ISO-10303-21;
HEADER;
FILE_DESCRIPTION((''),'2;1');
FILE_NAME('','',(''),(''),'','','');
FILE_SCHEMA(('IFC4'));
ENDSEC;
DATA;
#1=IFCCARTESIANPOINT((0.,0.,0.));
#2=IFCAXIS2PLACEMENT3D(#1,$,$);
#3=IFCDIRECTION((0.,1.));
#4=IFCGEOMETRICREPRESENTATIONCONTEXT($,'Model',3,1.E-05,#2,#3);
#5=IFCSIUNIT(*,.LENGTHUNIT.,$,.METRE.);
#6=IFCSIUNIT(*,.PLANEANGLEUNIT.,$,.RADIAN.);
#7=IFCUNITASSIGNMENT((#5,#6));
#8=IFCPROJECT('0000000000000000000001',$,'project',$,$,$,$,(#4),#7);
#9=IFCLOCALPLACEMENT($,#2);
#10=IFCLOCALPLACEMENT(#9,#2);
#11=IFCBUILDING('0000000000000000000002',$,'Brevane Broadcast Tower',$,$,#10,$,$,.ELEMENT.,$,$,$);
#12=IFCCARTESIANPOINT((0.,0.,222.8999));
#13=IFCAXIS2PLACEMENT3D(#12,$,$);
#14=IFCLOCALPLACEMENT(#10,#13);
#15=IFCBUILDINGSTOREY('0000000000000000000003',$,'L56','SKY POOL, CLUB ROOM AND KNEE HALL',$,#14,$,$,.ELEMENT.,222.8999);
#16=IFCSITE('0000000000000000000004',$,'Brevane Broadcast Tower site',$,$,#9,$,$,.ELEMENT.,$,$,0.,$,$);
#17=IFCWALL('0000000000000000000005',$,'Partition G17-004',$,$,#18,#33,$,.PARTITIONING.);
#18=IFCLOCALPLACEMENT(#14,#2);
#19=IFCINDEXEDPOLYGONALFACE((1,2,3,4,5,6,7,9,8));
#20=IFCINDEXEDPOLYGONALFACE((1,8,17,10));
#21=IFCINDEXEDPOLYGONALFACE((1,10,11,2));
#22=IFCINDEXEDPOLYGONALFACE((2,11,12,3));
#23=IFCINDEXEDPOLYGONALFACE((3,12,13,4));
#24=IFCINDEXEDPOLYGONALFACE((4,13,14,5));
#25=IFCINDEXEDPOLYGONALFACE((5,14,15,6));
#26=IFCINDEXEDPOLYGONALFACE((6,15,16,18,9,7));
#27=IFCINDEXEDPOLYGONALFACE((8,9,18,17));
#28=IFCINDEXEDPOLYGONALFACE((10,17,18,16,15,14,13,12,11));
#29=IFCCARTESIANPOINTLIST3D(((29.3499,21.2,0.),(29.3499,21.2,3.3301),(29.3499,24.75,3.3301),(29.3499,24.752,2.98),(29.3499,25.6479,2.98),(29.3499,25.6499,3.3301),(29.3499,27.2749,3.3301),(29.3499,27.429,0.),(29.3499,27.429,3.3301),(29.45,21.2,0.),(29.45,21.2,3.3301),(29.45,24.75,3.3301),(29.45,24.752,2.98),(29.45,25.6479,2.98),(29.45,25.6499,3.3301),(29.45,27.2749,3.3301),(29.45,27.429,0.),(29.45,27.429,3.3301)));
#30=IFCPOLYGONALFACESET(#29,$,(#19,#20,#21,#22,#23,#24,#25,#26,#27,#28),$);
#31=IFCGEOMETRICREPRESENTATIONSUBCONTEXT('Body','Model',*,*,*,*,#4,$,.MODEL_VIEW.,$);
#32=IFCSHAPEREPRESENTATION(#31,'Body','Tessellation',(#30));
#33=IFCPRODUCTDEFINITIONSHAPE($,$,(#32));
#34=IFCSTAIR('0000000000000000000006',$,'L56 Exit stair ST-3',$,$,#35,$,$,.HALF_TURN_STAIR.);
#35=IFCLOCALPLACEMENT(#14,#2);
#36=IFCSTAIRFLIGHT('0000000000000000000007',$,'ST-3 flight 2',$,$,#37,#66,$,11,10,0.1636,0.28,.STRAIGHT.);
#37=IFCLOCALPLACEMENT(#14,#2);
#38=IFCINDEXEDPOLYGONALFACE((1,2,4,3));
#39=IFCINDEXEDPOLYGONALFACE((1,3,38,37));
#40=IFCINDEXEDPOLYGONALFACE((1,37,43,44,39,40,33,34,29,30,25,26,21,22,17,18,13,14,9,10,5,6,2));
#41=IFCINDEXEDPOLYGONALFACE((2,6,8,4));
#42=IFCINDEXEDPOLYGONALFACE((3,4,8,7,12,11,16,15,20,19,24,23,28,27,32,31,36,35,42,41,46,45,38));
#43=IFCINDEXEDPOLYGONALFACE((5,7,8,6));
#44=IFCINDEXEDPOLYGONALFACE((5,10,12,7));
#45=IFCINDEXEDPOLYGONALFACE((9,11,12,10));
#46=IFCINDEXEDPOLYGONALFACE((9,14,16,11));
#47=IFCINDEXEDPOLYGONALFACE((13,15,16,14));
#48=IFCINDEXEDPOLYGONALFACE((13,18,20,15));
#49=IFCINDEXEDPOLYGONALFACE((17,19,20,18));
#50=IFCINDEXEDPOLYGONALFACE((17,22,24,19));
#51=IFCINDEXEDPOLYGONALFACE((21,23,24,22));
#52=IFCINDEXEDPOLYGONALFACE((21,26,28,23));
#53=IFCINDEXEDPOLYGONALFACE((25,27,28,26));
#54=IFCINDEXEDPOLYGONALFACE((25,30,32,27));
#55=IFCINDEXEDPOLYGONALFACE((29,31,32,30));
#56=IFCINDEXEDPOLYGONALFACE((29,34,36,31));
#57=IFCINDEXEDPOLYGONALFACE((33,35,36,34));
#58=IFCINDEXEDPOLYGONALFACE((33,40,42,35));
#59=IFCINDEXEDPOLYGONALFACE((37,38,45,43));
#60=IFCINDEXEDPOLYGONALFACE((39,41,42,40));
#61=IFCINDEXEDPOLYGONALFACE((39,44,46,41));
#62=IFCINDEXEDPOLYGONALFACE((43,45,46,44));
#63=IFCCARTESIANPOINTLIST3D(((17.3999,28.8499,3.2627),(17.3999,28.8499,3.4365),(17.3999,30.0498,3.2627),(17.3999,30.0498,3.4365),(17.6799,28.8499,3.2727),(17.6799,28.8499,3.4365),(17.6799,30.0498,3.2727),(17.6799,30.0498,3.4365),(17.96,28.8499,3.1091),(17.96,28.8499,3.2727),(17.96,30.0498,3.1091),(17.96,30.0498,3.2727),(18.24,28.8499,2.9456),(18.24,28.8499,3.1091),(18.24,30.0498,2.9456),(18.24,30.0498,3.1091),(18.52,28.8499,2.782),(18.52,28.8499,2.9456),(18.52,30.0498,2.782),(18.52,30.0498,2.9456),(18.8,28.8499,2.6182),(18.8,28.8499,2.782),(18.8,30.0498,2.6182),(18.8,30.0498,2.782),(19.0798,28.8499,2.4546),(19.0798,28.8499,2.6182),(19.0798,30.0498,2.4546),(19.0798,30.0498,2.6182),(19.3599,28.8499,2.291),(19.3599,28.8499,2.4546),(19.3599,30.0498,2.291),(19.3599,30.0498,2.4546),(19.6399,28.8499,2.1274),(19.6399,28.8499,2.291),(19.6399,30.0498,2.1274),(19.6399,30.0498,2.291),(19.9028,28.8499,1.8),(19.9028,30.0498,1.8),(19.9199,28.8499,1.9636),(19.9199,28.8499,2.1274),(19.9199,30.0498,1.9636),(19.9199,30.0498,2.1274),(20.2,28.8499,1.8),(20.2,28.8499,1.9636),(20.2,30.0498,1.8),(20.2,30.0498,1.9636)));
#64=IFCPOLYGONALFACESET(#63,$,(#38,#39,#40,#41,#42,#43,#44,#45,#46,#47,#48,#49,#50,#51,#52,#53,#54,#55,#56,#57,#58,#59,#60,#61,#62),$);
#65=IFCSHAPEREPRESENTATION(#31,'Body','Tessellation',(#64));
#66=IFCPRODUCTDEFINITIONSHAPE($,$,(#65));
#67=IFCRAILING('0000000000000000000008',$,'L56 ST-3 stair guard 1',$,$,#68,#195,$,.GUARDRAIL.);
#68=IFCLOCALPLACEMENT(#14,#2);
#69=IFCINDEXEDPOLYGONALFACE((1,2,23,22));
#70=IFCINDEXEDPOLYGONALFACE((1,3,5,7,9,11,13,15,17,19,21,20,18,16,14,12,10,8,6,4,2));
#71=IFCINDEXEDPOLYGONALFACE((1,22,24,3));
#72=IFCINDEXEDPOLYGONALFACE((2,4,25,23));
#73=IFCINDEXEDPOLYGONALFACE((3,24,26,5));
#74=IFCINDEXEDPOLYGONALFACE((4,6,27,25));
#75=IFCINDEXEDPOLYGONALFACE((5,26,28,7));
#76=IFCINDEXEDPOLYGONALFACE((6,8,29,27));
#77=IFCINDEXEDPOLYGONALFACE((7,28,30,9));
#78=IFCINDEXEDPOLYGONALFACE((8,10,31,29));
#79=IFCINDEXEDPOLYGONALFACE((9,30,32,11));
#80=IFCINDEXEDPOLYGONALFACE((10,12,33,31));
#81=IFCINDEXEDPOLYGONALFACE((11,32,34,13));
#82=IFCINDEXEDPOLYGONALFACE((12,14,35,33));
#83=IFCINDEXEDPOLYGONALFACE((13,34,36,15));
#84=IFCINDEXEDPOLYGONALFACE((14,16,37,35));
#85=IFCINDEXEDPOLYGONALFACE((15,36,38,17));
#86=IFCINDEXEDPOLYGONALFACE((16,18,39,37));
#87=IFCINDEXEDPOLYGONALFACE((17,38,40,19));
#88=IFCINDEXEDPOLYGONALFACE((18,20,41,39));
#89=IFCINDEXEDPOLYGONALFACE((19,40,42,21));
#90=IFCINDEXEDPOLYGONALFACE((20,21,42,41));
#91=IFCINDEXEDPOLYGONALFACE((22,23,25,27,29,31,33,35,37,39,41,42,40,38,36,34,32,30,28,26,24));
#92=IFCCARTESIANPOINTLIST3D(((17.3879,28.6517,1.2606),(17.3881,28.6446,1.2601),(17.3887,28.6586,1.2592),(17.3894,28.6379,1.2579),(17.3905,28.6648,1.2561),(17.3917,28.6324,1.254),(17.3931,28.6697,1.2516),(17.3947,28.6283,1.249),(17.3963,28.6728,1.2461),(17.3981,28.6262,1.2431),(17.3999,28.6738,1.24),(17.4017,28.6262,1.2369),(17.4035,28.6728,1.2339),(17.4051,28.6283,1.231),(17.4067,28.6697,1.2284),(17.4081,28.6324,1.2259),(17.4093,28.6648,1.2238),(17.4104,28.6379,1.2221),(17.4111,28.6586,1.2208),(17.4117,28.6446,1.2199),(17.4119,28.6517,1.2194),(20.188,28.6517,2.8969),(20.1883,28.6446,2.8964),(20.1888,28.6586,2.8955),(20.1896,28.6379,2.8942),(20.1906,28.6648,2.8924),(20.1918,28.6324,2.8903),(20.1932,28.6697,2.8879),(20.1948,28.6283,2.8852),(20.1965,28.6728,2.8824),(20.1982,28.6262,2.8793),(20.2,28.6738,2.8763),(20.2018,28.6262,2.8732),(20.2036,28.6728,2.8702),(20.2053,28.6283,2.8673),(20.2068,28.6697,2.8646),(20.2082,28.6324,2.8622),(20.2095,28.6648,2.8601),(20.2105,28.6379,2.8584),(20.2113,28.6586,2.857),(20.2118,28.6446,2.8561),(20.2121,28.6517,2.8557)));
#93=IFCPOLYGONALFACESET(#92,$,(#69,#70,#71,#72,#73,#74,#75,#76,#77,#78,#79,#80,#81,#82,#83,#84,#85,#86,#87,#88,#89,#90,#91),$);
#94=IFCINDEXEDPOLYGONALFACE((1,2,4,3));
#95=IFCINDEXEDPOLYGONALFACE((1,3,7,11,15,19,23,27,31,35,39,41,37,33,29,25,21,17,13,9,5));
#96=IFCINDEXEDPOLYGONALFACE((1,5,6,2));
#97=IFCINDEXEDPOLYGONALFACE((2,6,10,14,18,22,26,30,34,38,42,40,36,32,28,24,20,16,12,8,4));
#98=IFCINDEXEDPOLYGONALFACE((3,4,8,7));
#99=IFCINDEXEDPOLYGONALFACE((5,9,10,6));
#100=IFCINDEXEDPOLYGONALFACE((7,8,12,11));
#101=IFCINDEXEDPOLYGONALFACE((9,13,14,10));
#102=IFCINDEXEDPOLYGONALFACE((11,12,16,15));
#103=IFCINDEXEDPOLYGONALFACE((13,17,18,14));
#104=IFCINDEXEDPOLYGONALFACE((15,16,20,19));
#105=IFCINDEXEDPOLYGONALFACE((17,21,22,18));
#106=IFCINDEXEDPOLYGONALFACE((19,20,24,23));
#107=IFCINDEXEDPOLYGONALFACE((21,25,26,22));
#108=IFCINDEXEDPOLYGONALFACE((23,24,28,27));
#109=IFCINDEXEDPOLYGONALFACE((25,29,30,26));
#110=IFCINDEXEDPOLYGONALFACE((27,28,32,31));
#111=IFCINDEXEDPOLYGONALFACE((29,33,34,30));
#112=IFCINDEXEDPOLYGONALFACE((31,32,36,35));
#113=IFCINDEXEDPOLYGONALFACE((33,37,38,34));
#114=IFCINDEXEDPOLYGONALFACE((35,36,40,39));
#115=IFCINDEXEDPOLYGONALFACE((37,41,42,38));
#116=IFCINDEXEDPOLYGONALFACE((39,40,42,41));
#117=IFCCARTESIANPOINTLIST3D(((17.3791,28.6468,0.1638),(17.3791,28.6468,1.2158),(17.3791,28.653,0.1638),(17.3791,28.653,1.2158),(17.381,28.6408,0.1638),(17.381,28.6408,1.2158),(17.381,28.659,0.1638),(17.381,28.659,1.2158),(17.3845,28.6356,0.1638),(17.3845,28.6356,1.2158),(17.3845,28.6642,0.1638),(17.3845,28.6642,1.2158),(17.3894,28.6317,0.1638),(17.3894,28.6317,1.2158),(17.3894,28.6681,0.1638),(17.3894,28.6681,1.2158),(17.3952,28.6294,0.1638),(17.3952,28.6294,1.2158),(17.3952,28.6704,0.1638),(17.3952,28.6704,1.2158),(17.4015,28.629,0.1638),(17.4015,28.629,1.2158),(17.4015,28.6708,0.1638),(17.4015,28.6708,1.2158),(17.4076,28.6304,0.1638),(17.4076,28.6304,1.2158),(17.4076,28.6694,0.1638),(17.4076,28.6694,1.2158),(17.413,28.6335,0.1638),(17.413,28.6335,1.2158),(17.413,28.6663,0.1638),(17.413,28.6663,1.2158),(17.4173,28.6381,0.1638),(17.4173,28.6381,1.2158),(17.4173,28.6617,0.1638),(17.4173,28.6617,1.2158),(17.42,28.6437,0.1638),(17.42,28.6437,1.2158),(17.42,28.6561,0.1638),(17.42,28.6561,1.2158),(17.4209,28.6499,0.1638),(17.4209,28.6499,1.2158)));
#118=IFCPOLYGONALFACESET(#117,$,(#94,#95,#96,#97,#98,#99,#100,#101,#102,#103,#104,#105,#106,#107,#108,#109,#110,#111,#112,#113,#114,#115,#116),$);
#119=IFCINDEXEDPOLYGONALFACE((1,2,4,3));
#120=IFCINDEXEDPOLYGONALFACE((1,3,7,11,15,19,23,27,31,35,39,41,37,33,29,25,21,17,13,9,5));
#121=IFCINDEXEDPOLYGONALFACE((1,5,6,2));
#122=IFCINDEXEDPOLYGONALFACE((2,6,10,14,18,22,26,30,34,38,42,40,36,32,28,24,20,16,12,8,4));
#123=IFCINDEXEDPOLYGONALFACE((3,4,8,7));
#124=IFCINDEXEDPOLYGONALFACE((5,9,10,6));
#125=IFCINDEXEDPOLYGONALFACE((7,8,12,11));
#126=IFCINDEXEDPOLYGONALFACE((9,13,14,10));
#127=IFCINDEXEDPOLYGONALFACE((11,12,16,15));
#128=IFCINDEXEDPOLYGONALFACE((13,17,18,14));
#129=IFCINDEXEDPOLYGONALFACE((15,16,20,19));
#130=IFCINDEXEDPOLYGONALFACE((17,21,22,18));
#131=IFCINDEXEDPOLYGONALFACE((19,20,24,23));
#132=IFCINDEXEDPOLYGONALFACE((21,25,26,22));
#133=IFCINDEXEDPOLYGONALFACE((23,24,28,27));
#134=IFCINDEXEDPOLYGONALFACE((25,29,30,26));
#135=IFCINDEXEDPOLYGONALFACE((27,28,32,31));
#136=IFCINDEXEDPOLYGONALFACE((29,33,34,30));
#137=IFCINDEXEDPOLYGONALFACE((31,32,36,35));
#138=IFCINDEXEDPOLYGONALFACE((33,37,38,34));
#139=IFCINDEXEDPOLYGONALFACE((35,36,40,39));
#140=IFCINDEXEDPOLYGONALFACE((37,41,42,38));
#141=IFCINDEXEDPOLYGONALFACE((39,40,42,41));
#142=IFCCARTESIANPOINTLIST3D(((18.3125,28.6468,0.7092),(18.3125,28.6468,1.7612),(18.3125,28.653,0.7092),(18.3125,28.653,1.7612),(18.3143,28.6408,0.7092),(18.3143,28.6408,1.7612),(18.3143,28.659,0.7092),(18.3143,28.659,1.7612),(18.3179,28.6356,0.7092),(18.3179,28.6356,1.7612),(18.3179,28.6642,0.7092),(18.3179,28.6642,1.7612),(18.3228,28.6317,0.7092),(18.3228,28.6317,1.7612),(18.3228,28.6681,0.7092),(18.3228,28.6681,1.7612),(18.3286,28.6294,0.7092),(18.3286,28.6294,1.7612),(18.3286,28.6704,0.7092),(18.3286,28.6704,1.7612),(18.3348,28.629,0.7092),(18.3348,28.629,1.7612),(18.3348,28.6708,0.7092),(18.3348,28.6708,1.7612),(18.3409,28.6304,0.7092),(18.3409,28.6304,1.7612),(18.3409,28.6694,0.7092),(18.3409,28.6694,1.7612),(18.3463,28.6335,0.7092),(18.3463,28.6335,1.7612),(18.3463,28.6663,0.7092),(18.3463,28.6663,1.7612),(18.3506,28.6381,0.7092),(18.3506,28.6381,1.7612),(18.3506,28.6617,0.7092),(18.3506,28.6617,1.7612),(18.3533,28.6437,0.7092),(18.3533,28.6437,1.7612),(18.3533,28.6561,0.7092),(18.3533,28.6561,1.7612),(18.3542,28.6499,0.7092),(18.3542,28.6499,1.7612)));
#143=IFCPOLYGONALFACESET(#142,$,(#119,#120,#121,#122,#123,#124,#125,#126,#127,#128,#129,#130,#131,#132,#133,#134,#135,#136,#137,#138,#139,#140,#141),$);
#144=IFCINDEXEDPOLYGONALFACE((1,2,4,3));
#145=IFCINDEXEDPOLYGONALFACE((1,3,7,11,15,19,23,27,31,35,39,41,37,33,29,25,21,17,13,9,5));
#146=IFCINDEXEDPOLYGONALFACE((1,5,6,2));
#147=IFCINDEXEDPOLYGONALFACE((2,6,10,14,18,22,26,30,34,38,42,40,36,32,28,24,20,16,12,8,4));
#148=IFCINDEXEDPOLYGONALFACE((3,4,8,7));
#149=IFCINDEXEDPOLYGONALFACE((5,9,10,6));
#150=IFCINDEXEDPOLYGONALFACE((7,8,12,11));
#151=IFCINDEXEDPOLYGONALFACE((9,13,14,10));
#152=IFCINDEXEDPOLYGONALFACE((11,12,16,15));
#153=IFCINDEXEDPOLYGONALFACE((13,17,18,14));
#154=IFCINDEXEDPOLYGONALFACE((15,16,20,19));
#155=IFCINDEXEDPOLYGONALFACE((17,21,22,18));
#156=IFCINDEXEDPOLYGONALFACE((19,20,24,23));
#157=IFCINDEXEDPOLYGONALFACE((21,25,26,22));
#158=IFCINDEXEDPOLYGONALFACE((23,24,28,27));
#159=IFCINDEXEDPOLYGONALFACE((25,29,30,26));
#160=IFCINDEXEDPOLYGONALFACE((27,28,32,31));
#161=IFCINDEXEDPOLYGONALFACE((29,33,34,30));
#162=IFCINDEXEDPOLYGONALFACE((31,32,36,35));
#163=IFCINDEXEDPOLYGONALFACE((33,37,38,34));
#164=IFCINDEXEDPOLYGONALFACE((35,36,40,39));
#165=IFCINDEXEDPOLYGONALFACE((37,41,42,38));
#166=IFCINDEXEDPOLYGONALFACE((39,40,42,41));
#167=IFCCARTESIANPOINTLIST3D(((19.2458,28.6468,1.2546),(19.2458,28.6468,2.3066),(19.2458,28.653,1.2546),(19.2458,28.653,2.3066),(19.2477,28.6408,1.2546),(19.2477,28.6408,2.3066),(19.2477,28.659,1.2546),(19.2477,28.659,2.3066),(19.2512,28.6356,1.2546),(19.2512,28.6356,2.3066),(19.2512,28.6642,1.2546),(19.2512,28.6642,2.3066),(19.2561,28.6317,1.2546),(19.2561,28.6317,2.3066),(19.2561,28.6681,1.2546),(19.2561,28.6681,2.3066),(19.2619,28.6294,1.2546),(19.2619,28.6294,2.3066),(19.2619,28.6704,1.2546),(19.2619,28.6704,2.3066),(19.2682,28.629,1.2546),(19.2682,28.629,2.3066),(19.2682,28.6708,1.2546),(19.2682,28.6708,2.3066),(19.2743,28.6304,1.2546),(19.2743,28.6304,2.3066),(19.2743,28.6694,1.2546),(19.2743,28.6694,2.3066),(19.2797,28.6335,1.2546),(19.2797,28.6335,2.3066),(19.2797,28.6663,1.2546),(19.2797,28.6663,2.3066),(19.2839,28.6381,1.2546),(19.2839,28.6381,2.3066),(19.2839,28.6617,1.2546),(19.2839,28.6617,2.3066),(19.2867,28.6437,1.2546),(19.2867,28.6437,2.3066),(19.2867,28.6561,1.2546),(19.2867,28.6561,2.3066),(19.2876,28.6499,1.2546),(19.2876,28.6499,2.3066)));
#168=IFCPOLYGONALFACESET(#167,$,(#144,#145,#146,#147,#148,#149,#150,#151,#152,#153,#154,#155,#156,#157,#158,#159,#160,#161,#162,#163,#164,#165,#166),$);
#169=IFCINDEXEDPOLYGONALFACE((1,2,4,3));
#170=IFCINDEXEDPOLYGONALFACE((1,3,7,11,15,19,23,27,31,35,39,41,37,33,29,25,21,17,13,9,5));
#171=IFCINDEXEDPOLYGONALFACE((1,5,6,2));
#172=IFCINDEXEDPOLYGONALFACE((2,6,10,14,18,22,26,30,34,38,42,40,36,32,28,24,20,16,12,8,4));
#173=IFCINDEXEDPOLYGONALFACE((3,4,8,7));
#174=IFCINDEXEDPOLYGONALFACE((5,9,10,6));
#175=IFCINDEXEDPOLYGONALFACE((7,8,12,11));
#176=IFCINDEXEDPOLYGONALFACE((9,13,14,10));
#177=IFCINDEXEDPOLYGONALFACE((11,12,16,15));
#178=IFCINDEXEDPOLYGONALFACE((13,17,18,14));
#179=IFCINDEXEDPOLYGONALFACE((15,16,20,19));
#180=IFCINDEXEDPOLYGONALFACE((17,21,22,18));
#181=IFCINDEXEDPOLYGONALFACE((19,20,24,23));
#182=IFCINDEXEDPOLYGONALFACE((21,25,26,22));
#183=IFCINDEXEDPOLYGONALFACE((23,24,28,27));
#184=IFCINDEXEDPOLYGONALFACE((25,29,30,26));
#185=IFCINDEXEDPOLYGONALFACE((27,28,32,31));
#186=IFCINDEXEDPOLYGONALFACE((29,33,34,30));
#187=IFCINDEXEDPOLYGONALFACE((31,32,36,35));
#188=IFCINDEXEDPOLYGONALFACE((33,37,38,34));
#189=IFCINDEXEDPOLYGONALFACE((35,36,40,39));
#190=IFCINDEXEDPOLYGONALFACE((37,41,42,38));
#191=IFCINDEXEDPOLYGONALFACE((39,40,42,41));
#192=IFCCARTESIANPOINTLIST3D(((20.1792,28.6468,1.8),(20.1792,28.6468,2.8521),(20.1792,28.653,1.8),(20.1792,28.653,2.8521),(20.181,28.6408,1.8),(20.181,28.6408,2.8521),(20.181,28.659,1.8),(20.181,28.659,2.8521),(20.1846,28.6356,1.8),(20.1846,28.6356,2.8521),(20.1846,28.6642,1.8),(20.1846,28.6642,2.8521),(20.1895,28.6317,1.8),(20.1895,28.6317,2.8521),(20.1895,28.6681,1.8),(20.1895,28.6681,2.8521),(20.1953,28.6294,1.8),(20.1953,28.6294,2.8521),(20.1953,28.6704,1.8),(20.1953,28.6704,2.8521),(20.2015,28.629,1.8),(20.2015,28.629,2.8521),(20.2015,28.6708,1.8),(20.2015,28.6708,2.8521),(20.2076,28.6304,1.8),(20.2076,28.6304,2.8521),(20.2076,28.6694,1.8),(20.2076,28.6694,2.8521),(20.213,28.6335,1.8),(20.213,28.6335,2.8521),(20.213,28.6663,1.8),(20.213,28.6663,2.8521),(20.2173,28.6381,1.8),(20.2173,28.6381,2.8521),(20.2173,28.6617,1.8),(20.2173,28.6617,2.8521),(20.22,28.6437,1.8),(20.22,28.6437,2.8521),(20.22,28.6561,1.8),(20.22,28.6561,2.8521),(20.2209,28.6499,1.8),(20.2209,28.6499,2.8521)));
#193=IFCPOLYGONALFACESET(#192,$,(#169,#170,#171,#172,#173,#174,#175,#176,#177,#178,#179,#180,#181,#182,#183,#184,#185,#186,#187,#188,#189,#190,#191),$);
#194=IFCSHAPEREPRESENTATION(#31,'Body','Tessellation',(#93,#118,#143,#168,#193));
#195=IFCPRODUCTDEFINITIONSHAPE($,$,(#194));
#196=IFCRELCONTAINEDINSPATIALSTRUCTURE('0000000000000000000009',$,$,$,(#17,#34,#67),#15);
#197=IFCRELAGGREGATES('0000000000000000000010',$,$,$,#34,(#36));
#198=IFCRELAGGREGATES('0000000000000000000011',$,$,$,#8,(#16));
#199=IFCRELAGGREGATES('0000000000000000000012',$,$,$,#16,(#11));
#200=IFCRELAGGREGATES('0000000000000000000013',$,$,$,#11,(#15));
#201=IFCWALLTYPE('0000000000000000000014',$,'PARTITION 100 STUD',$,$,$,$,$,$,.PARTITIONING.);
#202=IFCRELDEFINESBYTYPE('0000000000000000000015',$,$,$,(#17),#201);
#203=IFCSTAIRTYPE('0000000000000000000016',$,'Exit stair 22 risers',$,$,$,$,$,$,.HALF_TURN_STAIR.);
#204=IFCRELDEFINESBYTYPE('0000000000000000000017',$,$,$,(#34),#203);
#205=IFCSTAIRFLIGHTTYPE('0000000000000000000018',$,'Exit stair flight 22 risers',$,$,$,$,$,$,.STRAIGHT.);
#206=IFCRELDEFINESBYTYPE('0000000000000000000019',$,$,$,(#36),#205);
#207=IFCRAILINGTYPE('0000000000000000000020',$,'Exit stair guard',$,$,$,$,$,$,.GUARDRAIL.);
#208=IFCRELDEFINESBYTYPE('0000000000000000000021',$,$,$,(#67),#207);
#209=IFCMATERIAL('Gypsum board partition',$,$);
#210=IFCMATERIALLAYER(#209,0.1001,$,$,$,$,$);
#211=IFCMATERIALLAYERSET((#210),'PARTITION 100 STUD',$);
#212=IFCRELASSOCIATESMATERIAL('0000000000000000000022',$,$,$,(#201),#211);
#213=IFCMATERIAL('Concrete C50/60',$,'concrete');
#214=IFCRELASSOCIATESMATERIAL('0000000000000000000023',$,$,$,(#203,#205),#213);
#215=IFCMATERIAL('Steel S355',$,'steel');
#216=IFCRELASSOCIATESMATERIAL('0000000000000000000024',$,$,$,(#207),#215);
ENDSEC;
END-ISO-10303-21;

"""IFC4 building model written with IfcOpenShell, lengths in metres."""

from ifc_helpers import new_model, si_unit, direction, frame, origin, origin_2d, place, context, subcontext, project, spatial, polyline, circle, outline, extrude, material, layer, layer_set, type_object, element, aggregate, save


model = new_model("IFC4")

# Units and contexts
model_context = context("Model", 3, precision=1e-05, world=origin(), true_north=direction((0.0, 1.0)))
body_context = subcontext(model_context, "Body", "Model", "MODEL_VIEW")
ifc_project = project(units=[si_unit("LENGTHUNIT", "METRE"), si_unit("PLANEANGLEUNIT", "RADIAN")], contexts=[model_context])

# Site, building, storey
site_placement = place(None, origin())
site = spatial("IfcSite", under=ifc_project, at=site_placement, Name="Brevane Broadcast Tower site", CompositionType="ELEMENT", RefElevation=0.0)
building_placement = place(site_placement, origin())
building = spatial("IfcBuilding", under=site, at=building_placement, Name="Brevane Broadcast Tower", CompositionType="ELEMENT")
storey_placement = place(building_placement, frame((0.0, 0.0, 222.8999)))
storey = spatial("IfcBuildingStorey", under=building, at=storey_placement, Name="L56", Description="SKY POOL, CLUB ROOM AND KNEE HALL", CompositionType="ELEMENT", Elevation=222.8999)

# Wall
ifc_material_1 = material(Name="Concrete C50/60", Category="concrete")
ifc_material_2 = material(Name="Gypsum board partition")
ifc_layer_1 = layer(ifc_material_2, 0.1001)
ifc_layer_set_1 = layer_set([ifc_layer_1], Name="PARTITION 100 STUD")
wall_type_1 = type_object("IfcWallType", Name="PARTITION 100 STUD", PredefinedType="PARTITIONING", material=ifc_layer_set_1)
wall_1_placement = place(storey_placement, frame((29.3999, 27.429, 0.0), z_axis=(0.0, 0.0, 1.0), x_axis=(0.0, -1.0, 0.0)))
element("IfcWall", 1, at=wall_1_placement, inside=storey, type_object=wall_type_1, Name="Partition G17-004", PredefinedType="PARTITIONING", context=body_context, shape_type="SweptSolid", body=[
    extrude(outline(polyline([(0.0, 0.0), (6.229, 0.0), (6.229, 3.3301), (2.679, 3.3301), (2.677, 2.98), (1.781, 2.98), (1.7791, 3.3301), (0.1541, 3.3301), (0.0, 3.3301), (0.0, 0.0)])), frame((0.0, 0.05, 0.0), z_axis=(0.0, -1.0, 0.0), x_axis=(1.0, 0.0, 0.0)), (0.0, 0.0, 1.0), 0.1001),
])

# Stair, stair flight
stair_type = type_object("IfcStairType", Name="Exit stair 22 risers", PredefinedType="HALF_TURN_STAIR", material=ifc_material_1)
stair_placement = place(storey_placement, origin())
stair = element("IfcStair", 2, at=stair_placement, inside=storey, type_object=stair_type, Name="L56 Exit stair ST-3", PredefinedType="HALF_TURN_STAIR")
stair_flight_type = type_object("IfcStairFlightType", Name="Exit stair flight 22 risers", PredefinedType="STRAIGHT", material=ifc_material_1)
stair_flight_placement = place(storey_placement, frame((20.2, 29.45, 1.8), z_axis=(0.0, 0.0, 1.0), x_axis=(-1.0, 0.0, 0.0)))
stair_flight = element("IfcStairFlight", 3, at=stair_flight_placement, type_object=stair_flight_type, Name="ST-3 flight 2", NumberOfRisers=11, NumberOfTreads=10, PredefinedType="STRAIGHT", RiserHeight=0.1636, TreadLength=0.28, context=body_context, shape_type="SweptSolid", body=[
    extrude(outline(polyline([(0.0, 0.0), (0.0, 0.1636), (0.28, 0.1636), (0.28, 0.3274), (0.5601, 0.3274), (0.5601, 0.491), (0.8401, 0.491), (0.8401, 0.6545), (1.1201, 0.6545), (1.1201, 0.8181), (1.3999, 0.8181), (1.3999, 0.9819), (1.6799, 0.9819), (1.6799, 1.1455), (1.96, 1.1455), (1.96, 1.3091), (2.24, 1.3091), (2.24, 1.4727), (2.52, 1.4727), (2.52, 1.6365), (2.8, 1.6365), (2.8, 1.8), (2.8, 1.4626), (0.2971, 0.0), (0.0, 0.0)])), frame((0.0, 0.6001, 0.0), z_axis=(0.0, -1.0, 0.0), x_axis=(1.0, 0.0, 0.0)), (0.0, 0.0, 1.0), 1.2),
])
aggregate(stair, [stair_flight])

# Railing
ifc_material_3 = material(Name="Steel S355", Category="steel")
railing_type_1 = type_object("IfcRailingType", Name="Exit stair guard", PredefinedType="GUARDRAIL", material=ifc_material_3)
railing_1_placement = place(storey_placement, frame((17.3999, 28.6499, 0.1638)))
element("IfcRailing", 4, at=railing_1_placement, inside=storey, type_object=railing_type_1, Name="L56 ST-3 stair guard 1", PredefinedType="GUARDRAIL", context=body_context, shape_type="SweptSolid", body=[
    extrude(circle(Radius=0.0239, at=origin_2d()), frame((0.0, 0.0, 1.0762), z_axis=(0.863394, 0.0, 0.504531), x_axis=(0.0, 1.0, 0.0)), (0.0, 0.0, 1.0), 3.2432),
    extrude(circle(Radius=0.021, at=origin_2d()), origin(), (0.0, 0.0, 1.0), 1.052),
    extrude(circle(Radius=0.021, at=origin_2d()), frame((0.9333, 0.0, 0.5454)), (0.0, 0.0, 1.0), 1.052),
    extrude(circle(Radius=0.021, at=origin_2d()), frame((1.8667, 0.0, 1.0908)), (0.0, 0.0, 1.0), 1.052),
    extrude(circle(Radius=0.021, at=origin_2d()), frame((2.8, 0.0, 1.6362)), (0.0, 0.0, 1.0), 1.052),
])

save(model, "model.ifc")
